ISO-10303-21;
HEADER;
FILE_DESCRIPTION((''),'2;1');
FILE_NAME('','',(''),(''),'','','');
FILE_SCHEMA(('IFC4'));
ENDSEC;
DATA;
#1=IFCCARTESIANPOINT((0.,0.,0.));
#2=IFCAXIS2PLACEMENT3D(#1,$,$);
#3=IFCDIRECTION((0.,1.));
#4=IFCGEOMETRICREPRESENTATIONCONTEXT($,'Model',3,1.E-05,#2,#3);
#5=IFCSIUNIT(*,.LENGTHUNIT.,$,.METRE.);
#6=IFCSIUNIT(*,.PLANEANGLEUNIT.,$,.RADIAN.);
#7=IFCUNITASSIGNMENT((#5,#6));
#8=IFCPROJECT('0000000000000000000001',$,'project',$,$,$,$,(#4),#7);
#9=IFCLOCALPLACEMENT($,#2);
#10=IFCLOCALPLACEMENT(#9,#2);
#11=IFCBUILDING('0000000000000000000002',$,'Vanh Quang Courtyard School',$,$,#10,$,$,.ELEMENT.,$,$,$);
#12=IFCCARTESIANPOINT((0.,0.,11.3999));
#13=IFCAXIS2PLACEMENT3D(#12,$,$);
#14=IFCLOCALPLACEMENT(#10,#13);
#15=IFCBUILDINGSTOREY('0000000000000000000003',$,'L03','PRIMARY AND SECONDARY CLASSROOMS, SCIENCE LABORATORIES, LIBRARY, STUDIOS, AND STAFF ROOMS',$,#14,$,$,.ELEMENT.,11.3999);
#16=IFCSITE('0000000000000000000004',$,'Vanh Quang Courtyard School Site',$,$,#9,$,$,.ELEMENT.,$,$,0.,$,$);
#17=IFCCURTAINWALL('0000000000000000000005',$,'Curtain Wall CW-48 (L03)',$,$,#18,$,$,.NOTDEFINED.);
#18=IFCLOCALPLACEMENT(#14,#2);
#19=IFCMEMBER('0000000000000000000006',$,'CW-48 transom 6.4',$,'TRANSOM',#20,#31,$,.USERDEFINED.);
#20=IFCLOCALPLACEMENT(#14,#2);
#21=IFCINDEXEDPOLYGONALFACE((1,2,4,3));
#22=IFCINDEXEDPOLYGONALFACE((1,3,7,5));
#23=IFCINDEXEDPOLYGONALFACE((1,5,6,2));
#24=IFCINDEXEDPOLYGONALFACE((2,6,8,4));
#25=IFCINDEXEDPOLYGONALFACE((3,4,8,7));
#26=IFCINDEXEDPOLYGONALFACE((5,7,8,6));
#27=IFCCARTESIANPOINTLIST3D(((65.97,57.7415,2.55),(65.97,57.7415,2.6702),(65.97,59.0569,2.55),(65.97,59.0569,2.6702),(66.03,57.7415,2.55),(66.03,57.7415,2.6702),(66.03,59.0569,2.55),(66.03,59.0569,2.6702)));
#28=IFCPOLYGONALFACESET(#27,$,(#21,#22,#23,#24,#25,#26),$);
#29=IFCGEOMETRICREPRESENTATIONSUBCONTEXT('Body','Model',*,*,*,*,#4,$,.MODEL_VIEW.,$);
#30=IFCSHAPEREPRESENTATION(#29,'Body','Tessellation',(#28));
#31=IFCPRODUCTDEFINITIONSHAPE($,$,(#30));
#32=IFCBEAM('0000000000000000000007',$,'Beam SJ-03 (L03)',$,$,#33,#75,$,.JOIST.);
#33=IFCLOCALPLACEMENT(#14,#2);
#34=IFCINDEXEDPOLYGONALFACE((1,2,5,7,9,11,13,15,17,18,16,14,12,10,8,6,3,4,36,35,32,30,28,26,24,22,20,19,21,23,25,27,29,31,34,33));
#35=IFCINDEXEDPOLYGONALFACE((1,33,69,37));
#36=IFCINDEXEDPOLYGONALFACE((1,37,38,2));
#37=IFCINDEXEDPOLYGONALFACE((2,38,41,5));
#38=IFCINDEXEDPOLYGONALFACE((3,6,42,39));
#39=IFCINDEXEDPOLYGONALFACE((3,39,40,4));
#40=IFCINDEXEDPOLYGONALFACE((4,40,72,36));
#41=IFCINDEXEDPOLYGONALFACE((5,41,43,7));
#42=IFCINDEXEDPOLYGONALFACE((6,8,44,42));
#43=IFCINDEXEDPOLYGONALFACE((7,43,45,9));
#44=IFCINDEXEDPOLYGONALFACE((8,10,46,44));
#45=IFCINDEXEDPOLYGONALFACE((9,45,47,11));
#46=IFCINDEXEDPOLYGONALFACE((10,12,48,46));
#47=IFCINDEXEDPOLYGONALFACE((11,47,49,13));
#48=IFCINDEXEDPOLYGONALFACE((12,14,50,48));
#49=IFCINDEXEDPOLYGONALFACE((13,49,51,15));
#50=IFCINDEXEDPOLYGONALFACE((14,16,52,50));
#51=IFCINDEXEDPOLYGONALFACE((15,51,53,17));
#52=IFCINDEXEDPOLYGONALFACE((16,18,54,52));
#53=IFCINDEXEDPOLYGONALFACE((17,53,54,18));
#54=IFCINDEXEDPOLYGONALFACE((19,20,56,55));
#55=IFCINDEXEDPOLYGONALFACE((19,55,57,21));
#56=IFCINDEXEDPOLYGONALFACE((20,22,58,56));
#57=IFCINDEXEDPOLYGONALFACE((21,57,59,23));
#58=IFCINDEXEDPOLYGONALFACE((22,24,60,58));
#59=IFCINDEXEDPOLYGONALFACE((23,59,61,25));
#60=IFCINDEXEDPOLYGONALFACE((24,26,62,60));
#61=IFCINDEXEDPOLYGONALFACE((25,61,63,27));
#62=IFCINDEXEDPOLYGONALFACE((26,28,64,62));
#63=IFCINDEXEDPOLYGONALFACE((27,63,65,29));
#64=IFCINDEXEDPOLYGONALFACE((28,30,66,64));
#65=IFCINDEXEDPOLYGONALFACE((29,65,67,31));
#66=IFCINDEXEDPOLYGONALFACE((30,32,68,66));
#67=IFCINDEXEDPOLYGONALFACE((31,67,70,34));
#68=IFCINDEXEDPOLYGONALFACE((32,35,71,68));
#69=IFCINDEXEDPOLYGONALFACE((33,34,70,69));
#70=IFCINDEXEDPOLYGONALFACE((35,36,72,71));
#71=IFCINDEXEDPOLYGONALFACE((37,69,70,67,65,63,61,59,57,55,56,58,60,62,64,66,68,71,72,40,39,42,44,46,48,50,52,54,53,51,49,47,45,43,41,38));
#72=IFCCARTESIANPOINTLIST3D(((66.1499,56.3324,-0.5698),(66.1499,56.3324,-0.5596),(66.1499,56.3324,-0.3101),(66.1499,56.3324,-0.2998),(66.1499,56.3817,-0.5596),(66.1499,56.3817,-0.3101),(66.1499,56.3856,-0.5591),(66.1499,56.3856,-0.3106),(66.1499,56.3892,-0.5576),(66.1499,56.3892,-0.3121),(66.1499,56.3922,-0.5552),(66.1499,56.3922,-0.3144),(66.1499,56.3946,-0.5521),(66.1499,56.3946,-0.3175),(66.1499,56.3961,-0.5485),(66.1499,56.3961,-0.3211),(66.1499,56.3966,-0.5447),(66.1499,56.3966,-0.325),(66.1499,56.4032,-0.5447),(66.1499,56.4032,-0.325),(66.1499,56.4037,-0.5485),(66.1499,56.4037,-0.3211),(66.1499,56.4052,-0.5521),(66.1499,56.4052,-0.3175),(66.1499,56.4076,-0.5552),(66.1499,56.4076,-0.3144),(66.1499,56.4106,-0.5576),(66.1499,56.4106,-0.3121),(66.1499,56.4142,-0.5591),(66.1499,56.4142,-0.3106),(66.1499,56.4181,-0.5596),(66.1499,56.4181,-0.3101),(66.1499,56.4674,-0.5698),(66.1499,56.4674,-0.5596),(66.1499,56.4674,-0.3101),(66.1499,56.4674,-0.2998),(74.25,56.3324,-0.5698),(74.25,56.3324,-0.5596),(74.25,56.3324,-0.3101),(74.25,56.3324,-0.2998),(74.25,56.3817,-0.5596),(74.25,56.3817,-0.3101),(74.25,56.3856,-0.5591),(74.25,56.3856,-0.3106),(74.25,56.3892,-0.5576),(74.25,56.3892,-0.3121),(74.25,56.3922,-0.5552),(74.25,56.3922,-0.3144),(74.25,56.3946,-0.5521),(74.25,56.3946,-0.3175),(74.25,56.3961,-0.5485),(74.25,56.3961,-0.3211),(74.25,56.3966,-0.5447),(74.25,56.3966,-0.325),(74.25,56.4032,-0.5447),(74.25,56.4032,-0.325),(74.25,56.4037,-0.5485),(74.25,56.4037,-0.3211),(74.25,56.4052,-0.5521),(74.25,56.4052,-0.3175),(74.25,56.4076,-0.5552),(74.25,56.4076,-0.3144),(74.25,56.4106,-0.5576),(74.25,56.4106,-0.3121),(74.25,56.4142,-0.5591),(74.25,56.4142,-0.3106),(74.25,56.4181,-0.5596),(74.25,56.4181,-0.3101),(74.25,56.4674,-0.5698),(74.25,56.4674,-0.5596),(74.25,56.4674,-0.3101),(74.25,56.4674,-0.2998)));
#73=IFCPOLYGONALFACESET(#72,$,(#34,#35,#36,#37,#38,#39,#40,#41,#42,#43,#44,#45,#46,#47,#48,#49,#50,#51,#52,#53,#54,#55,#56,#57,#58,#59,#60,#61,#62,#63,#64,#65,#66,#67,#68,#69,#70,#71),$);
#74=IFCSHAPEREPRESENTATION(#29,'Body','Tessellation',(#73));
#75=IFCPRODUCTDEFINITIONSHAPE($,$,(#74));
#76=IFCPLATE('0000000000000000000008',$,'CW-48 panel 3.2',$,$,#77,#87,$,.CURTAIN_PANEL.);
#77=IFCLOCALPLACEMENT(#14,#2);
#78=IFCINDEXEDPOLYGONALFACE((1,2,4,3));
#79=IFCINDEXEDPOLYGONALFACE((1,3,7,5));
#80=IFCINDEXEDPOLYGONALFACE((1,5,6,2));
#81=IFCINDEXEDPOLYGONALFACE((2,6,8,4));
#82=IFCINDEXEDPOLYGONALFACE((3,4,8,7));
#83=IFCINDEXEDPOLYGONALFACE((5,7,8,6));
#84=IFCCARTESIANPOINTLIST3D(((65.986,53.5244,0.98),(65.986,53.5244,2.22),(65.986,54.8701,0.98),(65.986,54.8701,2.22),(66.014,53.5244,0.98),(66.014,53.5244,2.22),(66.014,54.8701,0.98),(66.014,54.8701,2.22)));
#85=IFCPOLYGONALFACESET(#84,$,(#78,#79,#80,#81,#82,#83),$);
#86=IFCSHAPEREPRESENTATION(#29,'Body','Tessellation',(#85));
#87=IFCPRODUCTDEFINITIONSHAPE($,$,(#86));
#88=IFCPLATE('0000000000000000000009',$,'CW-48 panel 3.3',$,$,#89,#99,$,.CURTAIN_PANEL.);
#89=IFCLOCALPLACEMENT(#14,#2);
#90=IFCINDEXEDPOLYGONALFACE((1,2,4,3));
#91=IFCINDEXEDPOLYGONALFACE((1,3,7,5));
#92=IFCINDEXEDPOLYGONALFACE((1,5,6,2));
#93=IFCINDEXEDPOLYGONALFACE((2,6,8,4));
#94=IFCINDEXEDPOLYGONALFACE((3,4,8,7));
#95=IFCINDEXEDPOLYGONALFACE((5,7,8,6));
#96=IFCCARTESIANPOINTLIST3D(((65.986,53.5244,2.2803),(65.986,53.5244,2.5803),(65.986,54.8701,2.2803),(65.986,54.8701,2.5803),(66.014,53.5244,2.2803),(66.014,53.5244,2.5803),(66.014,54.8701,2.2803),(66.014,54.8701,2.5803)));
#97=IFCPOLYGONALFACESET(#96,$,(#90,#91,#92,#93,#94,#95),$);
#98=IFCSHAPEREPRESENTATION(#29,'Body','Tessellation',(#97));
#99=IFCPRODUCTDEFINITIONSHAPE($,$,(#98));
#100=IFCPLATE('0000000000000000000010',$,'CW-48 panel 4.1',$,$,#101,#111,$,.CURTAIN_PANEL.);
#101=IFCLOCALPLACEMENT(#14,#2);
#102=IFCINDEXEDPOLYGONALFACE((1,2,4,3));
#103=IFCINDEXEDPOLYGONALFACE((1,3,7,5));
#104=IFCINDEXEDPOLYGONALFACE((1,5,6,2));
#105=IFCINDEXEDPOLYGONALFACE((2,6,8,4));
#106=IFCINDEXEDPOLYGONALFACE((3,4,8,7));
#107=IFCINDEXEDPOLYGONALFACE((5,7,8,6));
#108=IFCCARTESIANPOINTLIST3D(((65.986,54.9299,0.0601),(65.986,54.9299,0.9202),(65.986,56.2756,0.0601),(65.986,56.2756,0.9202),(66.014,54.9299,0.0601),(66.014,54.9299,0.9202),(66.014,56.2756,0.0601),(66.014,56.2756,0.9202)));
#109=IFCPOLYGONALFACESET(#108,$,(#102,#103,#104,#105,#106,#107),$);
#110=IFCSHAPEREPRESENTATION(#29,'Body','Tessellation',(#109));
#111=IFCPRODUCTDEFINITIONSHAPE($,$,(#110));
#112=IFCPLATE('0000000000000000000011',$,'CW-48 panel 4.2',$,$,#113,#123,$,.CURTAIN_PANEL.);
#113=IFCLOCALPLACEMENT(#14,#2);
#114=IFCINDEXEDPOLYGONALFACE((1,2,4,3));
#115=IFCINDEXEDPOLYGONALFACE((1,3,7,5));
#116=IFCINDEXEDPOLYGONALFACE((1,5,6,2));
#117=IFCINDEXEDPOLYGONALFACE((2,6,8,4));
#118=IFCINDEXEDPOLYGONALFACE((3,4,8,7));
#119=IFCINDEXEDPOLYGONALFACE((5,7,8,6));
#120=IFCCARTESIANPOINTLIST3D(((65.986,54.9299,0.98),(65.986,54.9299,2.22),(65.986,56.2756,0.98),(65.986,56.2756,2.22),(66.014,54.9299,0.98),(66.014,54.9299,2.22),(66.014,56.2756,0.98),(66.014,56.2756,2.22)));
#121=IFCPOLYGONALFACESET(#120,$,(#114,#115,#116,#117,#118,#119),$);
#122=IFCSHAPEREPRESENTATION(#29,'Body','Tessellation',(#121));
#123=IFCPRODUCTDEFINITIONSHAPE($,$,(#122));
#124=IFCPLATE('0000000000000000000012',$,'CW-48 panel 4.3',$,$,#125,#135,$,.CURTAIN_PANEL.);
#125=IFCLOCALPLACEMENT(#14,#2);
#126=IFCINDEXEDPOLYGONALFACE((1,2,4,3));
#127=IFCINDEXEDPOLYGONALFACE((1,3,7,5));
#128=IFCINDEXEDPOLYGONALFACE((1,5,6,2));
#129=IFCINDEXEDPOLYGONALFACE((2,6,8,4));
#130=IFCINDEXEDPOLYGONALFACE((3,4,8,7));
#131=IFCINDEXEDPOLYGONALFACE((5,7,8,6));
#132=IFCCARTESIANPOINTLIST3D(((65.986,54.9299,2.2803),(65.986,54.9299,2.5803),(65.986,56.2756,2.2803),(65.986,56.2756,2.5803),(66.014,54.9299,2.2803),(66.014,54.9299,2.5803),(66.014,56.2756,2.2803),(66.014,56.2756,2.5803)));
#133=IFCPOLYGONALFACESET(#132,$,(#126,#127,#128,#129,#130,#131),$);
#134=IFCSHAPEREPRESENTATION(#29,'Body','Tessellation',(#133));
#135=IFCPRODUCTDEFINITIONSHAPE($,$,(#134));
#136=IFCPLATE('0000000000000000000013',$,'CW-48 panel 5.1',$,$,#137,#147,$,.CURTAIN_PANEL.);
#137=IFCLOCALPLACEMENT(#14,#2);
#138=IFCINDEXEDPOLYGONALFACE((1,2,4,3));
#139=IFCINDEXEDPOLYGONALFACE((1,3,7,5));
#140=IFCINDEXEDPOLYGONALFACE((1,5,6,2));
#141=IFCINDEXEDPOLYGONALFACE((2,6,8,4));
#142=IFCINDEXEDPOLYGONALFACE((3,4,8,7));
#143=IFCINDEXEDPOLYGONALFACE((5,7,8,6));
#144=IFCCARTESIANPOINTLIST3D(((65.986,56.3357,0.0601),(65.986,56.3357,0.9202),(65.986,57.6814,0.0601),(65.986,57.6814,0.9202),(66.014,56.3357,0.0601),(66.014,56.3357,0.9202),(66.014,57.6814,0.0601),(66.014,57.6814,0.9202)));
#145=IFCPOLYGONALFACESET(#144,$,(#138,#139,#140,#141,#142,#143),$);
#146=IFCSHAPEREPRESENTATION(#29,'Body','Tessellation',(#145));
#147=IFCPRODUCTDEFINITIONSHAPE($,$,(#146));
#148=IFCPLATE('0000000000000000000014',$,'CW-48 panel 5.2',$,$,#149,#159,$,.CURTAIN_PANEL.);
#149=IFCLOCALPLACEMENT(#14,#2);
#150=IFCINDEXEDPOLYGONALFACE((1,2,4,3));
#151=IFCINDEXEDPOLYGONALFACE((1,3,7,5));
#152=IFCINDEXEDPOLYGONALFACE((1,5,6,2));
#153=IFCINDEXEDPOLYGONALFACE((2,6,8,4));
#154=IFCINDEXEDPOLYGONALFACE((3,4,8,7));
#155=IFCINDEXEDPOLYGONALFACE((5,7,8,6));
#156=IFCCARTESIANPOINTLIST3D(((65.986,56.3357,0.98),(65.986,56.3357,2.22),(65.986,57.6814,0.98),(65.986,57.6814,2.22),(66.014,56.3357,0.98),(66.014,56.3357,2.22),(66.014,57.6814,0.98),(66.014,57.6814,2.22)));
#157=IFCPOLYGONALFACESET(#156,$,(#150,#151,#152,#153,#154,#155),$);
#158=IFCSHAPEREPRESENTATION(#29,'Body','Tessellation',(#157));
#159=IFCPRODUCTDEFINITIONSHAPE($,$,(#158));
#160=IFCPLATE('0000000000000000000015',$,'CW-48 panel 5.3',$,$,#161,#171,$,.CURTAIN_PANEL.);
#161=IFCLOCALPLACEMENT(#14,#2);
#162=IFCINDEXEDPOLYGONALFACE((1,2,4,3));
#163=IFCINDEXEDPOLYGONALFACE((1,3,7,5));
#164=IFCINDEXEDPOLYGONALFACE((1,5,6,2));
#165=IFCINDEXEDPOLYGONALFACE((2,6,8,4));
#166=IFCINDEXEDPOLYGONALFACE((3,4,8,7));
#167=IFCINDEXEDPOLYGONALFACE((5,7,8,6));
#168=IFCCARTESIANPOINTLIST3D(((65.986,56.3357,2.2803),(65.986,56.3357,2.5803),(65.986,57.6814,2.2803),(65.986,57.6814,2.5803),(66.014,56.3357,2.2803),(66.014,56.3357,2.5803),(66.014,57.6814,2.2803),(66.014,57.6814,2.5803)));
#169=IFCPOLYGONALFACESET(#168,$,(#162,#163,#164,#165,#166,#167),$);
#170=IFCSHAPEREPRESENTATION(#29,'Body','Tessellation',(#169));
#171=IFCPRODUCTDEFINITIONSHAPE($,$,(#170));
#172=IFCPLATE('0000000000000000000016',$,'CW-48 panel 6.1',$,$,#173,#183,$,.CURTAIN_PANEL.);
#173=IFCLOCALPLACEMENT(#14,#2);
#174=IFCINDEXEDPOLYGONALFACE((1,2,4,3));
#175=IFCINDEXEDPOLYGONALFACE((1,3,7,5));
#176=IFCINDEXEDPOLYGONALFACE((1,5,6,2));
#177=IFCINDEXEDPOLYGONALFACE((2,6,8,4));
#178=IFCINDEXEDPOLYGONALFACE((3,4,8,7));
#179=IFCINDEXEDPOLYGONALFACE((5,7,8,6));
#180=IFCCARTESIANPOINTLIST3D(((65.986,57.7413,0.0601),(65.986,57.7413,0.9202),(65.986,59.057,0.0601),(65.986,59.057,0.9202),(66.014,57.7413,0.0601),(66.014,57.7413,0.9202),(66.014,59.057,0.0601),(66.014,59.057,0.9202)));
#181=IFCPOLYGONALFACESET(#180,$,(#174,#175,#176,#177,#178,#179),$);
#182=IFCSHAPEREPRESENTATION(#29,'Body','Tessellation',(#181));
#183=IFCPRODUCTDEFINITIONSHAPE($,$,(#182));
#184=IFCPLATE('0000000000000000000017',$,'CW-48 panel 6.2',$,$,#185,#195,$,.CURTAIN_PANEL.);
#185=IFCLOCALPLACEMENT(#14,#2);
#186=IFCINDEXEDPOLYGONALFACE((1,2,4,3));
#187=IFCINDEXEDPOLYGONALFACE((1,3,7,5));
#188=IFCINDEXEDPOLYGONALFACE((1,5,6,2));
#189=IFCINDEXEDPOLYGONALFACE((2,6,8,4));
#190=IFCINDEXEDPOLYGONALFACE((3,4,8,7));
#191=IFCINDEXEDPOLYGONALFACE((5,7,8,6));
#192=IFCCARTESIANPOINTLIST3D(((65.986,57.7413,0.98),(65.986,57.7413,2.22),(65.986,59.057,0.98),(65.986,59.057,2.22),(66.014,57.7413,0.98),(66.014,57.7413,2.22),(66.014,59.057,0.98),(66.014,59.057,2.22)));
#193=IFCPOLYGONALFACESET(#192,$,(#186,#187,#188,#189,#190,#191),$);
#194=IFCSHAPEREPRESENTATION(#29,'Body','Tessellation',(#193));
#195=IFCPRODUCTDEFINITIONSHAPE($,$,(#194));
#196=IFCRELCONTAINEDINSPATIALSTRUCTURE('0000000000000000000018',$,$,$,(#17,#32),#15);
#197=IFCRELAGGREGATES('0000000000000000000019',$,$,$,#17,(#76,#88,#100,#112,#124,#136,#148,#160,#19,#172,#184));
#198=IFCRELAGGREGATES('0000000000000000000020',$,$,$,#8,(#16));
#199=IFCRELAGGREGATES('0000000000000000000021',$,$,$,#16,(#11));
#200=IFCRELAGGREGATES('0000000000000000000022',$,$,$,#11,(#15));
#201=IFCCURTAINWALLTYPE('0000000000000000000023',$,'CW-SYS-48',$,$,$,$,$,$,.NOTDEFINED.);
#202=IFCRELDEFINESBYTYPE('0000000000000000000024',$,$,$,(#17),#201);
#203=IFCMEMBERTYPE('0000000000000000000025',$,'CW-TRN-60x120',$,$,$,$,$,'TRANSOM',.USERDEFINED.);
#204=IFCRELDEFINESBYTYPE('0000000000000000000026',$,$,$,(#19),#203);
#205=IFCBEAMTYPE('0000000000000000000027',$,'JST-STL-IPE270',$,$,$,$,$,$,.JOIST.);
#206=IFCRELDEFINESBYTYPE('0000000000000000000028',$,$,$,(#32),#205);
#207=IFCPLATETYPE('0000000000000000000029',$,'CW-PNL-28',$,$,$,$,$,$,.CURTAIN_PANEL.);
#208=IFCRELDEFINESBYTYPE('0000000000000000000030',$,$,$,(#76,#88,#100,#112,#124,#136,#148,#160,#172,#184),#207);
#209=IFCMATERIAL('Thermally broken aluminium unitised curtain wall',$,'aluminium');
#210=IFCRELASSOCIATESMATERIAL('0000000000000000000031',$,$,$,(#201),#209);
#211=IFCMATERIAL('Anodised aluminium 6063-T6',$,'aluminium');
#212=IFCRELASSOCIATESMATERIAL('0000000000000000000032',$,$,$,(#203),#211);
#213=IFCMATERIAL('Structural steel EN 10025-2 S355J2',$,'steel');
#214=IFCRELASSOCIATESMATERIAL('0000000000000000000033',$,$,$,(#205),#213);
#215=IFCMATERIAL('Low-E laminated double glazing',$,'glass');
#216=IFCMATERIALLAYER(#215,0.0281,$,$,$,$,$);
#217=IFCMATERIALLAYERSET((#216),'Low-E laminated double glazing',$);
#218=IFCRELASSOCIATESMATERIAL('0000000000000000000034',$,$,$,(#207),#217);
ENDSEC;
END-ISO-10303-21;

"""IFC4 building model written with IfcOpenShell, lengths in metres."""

from ifc_helpers import new_model, si_unit, direction, frame, origin, origin_2d, place, context, subcontext, project, spatial, rectangle, i_section, extrude, material, layer, layer_set, material_profile, profile_set, type_object, element, aggregate, save


model = new_model("IFC4")

# Units and contexts
model_context = context("Model", 3, precision=1e-05, world=origin(), true_north=direction((0.0, 1.0)))
body_context = subcontext(model_context, "Body", "Model", "MODEL_VIEW")
ifc_project = project(units=[si_unit("LENGTHUNIT", "METRE"), si_unit("PLANEANGLEUNIT", "RADIAN")], contexts=[model_context])

# Site, building, storey
site_placement = place(None, origin())
site = spatial("IfcSite", under=ifc_project, at=site_placement, Name="Vanh Quang Courtyard School Site", CompositionType="ELEMENT", RefElevation=0.0)
building_placement = place(site_placement, origin())
building = spatial("IfcBuilding", under=site, at=building_placement, Name="Vanh Quang Courtyard School", CompositionType="ELEMENT")
storey_placement = place(building_placement, frame((0.0, 0.0, 11.3999)))
storey = spatial("IfcBuildingStorey", under=building, at=storey_placement, Name="L03", Description="PRIMARY AND SECONDARY CLASSROOMS, SCIENCE LABORATORIES, LIBRARY, STUDIOS, AND STAFF ROOMS", CompositionType="ELEMENT", Elevation=11.3999)

# Curtain wall, member
ifc_material_1 = material(Name="Thermally broken aluminium unitised curtain wall", Category="aluminium")
curtain_wall_type = type_object("IfcCurtainWallType", Name="CW-SYS-48", PredefinedType="NOTDEFINED", material=ifc_material_1)
curtain_wall_placement = place(storey_placement, origin())
curtain_wall = element("IfcCurtainWall", 1, at=curtain_wall_placement, inside=storey, type_object=curtain_wall_type, Name="Curtain Wall CW-48 (L03)", PredefinedType="NOTDEFINED")
ifc_material_2 = material(Name="Anodised aluminium 6063-T6", Category="aluminium")
ifc_material_profile_1 = material_profile(ifc_material_2, rectangle(XDim=0.0601, YDim=0.1201, at=origin_2d()), Name="ALU-TRN 60x120")
ifc_profile_set_1 = profile_set([ifc_material_profile_1], Name="Anodised aluminium 6063-T6")
member_type_1 = type_object("IfcMemberType", Name="CW-TRN-60x120", ElementType="TRANSOM", PredefinedType="USERDEFINED", material=ifc_profile_set_1)
member_1_placement = place(storey_placement, frame((66.0, 57.7415, 2.6101), z_axis=(0.0, 1.0, 0.0), x_axis=(-1.0, 0.0, 0.0)))
member_1 = element("IfcMember", 2, at=member_1_placement, type_object=member_type_1, Name="CW-48 transom 6.4", ObjectType="TRANSOM", PredefinedType="USERDEFINED", context=body_context, shape_type="SweptSolid", body=[
    extrude(rectangle(XDim=0.0601, YDim=0.1201, at=origin_2d()), origin(), (0.0, 0.0, 1.0), 1.3154),
])

# Beam
ifc_material_3 = material(Name="Structural steel EN 10025-2 S355J2", Category="steel")
ifc_material_profile_2 = material_profile(ifc_material_3, i_section(OverallWidth=0.135, OverallDepth=0.27, WebThickness=0.0066, FlangeThickness=0.0103, FilletRadius=0.0149, at=origin_2d()), Name="IPE 270")
ifc_profile_set_2 = profile_set([ifc_material_profile_2], Name="Structural steel EN 10025-2 S355J2")
beam_type = type_object("IfcBeamType", Name="JST-STL-IPE270", PredefinedType="JOIST", material=ifc_profile_set_2)
beam_placement = place(storey_placement, frame((66.1499, 56.3999, -0.4348), z_axis=(1.0, 0.0, 0.0), x_axis=(0.0, 1.0, 0.0)))
element("IfcBeam", 3, at=beam_placement, inside=storey, type_object=beam_type, Name="Beam SJ-03 (L03)", PredefinedType="JOIST", context=body_context, shape_type="SweptSolid", body=[
    extrude(i_section(OverallWidth=0.135, OverallDepth=0.27, WebThickness=0.0066, FlangeThickness=0.0103, FilletRadius=0.0149, at=origin_2d()), origin(), (0.0, 0.0, 1.0), 8.1001),
])

# Plates
ifc_material_4 = material(Name="Low-E laminated double glazing", Category="glass")
ifc_layer = layer(ifc_material_4, 0.0281)
ifc_layer_set = layer_set([ifc_layer], Name="Low-E laminated double glazing")
plate_type = type_object("IfcPlateType", Name="CW-PNL-28", PredefinedType="CURTAIN_PANEL", material=ifc_layer_set)
plate_1_placement = place(storey_placement, frame((66.0, 54.1973, 0.98), z_axis=(0.0, 0.0, 1.0), x_axis=(0.0, 1.0, 0.0)))
plate_1 = element("IfcPlate", 4, at=plate_1_placement, type_object=plate_type, Name="CW-48 panel 3.2", PredefinedType="CURTAIN_PANEL", context=body_context, shape_type="SweptSolid", body=[
    extrude(rectangle(XDim=1.3457, YDim=0.0281, at=origin_2d()), origin(), (0.0, 0.0, 1.0), 1.24),
])
plate_2_placement = place(storey_placement, frame((66.0, 54.1973, 2.2803), z_axis=(0.0, 0.0, 1.0), x_axis=(0.0, 1.0, 0.0)))
plate_2 = element("IfcPlate", 5, at=plate_2_placement, type_object=plate_type, Name="CW-48 panel 3.3", PredefinedType="CURTAIN_PANEL", context=body_context, shape_type="SweptSolid", body=[
    extrude(rectangle(XDim=1.3457, YDim=0.0281, at=origin_2d()), origin(), (0.0, 0.0, 1.0), 0.3),
])
plate_3_placement = place(storey_placement, frame((66.0, 55.6028, 0.0601), z_axis=(0.0, 0.0, 1.0), x_axis=(0.0, 1.0, 0.0)))
plate_3 = element("IfcPlate", 6, at=plate_3_placement, type_object=plate_type, Name="CW-48 panel 4.1", PredefinedType="CURTAIN_PANEL", context=body_context, shape_type="SweptSolid", body=[
    extrude(rectangle(XDim=1.3457, YDim=0.0281, at=origin_2d()), origin(), (0.0, 0.0, 1.0), 0.8601),
])
plate_4_placement = place(storey_placement, frame((66.0, 55.6028, 0.98), z_axis=(0.0, 0.0, 1.0), x_axis=(0.0, 1.0, 0.0)))
plate_4 = element("IfcPlate", 7, at=plate_4_placement, type_object=plate_type, Name="CW-48 panel 4.2", PredefinedType="CURTAIN_PANEL", context=body_context, shape_type="SweptSolid", body=[
    extrude(rectangle(XDim=1.3457, YDim=0.0281, at=origin_2d()), origin(), (0.0, 0.0, 1.0), 1.24),
])
plate_5_placement = place(storey_placement, frame((66.0, 55.6028, 2.2803), z_axis=(0.0, 0.0, 1.0), x_axis=(0.0, 1.0, 0.0)))
plate_5 = element("IfcPlate", 8, at=plate_5_placement, type_object=plate_type, Name="CW-48 panel 4.3", PredefinedType="CURTAIN_PANEL", context=body_context, shape_type="SweptSolid", body=[
    extrude(rectangle(XDim=1.3457, YDim=0.0281, at=origin_2d()), origin(), (0.0, 0.0, 1.0), 0.3),
])
plate_6_placement = place(storey_placement, frame((66.0, 57.0085, 0.0601), z_axis=(0.0, 0.0, 1.0), x_axis=(0.0, 1.0, 0.0)))
plate_6 = element("IfcPlate", 9, at=plate_6_placement, type_object=plate_type, Name="CW-48 panel 5.1", PredefinedType="CURTAIN_PANEL", context=body_context, shape_type="SweptSolid", body=[
    extrude(rectangle(XDim=1.3457, YDim=0.0281, at=origin_2d()), origin(), (0.0, 0.0, 1.0), 0.8601),
])
plate_7_placement = place(storey_placement, frame((66.0, 57.0085, 0.98), z_axis=(0.0, 0.0, 1.0), x_axis=(0.0, 1.0, 0.0)))
plate_7 = element("IfcPlate", 10, at=plate_7_placement, type_object=plate_type, Name="CW-48 panel 5.2", PredefinedType="CURTAIN_PANEL", context=body_context, shape_type="SweptSolid", body=[
    extrude(rectangle(XDim=1.3457, YDim=0.0281, at=origin_2d()), origin(), (0.0, 0.0, 1.0), 1.24),
])
plate_8_placement = place(storey_placement, frame((66.0, 57.0085, 2.2803), z_axis=(0.0, 0.0, 1.0), x_axis=(0.0, 1.0, 0.0)))
plate_8 = element("IfcPlate", 11, at=plate_8_placement, type_object=plate_type, Name="CW-48 panel 5.3", PredefinedType="CURTAIN_PANEL", context=body_context, shape_type="SweptSolid", body=[
    extrude(rectangle(XDim=1.3457, YDim=0.0281, at=origin_2d()), origin(), (0.0, 0.0, 1.0), 0.3),
])
plate_9_placement = place(storey_placement, frame((66.0, 58.3992, 0.0601), z_axis=(0.0, 0.0, 1.0), x_axis=(0.0, 1.0, 0.0)))
plate_9 = element("IfcPlate", 12, at=plate_9_placement, type_object=plate_type, Name="CW-48 panel 6.1", PredefinedType="CURTAIN_PANEL", context=body_context, shape_type="SweptSolid", body=[
    extrude(rectangle(XDim=1.3157, YDim=0.0281, at=origin_2d()), origin(), (0.0, 0.0, 1.0), 0.8601),
])
plate_10_placement = place(storey_placement, frame((66.0, 58.3992, 0.98), z_axis=(0.0, 0.0, 1.0), x_axis=(0.0, 1.0, 0.0)))
plate_10 = element("IfcPlate", 13, at=plate_10_placement, type_object=plate_type, Name="CW-48 panel 6.2", PredefinedType="CURTAIN_PANEL", context=body_context, shape_type="SweptSolid", body=[
    extrude(rectangle(XDim=1.3157, YDim=0.0281, at=origin_2d()), origin(), (0.0, 0.0, 1.0), 1.24),
])
aggregate(curtain_wall, [plate_1, plate_2, plate_3, plate_4, plate_5, plate_6, plate_7, plate_8, member_1, plate_9, plate_10])

save(model, "model.ifc")
